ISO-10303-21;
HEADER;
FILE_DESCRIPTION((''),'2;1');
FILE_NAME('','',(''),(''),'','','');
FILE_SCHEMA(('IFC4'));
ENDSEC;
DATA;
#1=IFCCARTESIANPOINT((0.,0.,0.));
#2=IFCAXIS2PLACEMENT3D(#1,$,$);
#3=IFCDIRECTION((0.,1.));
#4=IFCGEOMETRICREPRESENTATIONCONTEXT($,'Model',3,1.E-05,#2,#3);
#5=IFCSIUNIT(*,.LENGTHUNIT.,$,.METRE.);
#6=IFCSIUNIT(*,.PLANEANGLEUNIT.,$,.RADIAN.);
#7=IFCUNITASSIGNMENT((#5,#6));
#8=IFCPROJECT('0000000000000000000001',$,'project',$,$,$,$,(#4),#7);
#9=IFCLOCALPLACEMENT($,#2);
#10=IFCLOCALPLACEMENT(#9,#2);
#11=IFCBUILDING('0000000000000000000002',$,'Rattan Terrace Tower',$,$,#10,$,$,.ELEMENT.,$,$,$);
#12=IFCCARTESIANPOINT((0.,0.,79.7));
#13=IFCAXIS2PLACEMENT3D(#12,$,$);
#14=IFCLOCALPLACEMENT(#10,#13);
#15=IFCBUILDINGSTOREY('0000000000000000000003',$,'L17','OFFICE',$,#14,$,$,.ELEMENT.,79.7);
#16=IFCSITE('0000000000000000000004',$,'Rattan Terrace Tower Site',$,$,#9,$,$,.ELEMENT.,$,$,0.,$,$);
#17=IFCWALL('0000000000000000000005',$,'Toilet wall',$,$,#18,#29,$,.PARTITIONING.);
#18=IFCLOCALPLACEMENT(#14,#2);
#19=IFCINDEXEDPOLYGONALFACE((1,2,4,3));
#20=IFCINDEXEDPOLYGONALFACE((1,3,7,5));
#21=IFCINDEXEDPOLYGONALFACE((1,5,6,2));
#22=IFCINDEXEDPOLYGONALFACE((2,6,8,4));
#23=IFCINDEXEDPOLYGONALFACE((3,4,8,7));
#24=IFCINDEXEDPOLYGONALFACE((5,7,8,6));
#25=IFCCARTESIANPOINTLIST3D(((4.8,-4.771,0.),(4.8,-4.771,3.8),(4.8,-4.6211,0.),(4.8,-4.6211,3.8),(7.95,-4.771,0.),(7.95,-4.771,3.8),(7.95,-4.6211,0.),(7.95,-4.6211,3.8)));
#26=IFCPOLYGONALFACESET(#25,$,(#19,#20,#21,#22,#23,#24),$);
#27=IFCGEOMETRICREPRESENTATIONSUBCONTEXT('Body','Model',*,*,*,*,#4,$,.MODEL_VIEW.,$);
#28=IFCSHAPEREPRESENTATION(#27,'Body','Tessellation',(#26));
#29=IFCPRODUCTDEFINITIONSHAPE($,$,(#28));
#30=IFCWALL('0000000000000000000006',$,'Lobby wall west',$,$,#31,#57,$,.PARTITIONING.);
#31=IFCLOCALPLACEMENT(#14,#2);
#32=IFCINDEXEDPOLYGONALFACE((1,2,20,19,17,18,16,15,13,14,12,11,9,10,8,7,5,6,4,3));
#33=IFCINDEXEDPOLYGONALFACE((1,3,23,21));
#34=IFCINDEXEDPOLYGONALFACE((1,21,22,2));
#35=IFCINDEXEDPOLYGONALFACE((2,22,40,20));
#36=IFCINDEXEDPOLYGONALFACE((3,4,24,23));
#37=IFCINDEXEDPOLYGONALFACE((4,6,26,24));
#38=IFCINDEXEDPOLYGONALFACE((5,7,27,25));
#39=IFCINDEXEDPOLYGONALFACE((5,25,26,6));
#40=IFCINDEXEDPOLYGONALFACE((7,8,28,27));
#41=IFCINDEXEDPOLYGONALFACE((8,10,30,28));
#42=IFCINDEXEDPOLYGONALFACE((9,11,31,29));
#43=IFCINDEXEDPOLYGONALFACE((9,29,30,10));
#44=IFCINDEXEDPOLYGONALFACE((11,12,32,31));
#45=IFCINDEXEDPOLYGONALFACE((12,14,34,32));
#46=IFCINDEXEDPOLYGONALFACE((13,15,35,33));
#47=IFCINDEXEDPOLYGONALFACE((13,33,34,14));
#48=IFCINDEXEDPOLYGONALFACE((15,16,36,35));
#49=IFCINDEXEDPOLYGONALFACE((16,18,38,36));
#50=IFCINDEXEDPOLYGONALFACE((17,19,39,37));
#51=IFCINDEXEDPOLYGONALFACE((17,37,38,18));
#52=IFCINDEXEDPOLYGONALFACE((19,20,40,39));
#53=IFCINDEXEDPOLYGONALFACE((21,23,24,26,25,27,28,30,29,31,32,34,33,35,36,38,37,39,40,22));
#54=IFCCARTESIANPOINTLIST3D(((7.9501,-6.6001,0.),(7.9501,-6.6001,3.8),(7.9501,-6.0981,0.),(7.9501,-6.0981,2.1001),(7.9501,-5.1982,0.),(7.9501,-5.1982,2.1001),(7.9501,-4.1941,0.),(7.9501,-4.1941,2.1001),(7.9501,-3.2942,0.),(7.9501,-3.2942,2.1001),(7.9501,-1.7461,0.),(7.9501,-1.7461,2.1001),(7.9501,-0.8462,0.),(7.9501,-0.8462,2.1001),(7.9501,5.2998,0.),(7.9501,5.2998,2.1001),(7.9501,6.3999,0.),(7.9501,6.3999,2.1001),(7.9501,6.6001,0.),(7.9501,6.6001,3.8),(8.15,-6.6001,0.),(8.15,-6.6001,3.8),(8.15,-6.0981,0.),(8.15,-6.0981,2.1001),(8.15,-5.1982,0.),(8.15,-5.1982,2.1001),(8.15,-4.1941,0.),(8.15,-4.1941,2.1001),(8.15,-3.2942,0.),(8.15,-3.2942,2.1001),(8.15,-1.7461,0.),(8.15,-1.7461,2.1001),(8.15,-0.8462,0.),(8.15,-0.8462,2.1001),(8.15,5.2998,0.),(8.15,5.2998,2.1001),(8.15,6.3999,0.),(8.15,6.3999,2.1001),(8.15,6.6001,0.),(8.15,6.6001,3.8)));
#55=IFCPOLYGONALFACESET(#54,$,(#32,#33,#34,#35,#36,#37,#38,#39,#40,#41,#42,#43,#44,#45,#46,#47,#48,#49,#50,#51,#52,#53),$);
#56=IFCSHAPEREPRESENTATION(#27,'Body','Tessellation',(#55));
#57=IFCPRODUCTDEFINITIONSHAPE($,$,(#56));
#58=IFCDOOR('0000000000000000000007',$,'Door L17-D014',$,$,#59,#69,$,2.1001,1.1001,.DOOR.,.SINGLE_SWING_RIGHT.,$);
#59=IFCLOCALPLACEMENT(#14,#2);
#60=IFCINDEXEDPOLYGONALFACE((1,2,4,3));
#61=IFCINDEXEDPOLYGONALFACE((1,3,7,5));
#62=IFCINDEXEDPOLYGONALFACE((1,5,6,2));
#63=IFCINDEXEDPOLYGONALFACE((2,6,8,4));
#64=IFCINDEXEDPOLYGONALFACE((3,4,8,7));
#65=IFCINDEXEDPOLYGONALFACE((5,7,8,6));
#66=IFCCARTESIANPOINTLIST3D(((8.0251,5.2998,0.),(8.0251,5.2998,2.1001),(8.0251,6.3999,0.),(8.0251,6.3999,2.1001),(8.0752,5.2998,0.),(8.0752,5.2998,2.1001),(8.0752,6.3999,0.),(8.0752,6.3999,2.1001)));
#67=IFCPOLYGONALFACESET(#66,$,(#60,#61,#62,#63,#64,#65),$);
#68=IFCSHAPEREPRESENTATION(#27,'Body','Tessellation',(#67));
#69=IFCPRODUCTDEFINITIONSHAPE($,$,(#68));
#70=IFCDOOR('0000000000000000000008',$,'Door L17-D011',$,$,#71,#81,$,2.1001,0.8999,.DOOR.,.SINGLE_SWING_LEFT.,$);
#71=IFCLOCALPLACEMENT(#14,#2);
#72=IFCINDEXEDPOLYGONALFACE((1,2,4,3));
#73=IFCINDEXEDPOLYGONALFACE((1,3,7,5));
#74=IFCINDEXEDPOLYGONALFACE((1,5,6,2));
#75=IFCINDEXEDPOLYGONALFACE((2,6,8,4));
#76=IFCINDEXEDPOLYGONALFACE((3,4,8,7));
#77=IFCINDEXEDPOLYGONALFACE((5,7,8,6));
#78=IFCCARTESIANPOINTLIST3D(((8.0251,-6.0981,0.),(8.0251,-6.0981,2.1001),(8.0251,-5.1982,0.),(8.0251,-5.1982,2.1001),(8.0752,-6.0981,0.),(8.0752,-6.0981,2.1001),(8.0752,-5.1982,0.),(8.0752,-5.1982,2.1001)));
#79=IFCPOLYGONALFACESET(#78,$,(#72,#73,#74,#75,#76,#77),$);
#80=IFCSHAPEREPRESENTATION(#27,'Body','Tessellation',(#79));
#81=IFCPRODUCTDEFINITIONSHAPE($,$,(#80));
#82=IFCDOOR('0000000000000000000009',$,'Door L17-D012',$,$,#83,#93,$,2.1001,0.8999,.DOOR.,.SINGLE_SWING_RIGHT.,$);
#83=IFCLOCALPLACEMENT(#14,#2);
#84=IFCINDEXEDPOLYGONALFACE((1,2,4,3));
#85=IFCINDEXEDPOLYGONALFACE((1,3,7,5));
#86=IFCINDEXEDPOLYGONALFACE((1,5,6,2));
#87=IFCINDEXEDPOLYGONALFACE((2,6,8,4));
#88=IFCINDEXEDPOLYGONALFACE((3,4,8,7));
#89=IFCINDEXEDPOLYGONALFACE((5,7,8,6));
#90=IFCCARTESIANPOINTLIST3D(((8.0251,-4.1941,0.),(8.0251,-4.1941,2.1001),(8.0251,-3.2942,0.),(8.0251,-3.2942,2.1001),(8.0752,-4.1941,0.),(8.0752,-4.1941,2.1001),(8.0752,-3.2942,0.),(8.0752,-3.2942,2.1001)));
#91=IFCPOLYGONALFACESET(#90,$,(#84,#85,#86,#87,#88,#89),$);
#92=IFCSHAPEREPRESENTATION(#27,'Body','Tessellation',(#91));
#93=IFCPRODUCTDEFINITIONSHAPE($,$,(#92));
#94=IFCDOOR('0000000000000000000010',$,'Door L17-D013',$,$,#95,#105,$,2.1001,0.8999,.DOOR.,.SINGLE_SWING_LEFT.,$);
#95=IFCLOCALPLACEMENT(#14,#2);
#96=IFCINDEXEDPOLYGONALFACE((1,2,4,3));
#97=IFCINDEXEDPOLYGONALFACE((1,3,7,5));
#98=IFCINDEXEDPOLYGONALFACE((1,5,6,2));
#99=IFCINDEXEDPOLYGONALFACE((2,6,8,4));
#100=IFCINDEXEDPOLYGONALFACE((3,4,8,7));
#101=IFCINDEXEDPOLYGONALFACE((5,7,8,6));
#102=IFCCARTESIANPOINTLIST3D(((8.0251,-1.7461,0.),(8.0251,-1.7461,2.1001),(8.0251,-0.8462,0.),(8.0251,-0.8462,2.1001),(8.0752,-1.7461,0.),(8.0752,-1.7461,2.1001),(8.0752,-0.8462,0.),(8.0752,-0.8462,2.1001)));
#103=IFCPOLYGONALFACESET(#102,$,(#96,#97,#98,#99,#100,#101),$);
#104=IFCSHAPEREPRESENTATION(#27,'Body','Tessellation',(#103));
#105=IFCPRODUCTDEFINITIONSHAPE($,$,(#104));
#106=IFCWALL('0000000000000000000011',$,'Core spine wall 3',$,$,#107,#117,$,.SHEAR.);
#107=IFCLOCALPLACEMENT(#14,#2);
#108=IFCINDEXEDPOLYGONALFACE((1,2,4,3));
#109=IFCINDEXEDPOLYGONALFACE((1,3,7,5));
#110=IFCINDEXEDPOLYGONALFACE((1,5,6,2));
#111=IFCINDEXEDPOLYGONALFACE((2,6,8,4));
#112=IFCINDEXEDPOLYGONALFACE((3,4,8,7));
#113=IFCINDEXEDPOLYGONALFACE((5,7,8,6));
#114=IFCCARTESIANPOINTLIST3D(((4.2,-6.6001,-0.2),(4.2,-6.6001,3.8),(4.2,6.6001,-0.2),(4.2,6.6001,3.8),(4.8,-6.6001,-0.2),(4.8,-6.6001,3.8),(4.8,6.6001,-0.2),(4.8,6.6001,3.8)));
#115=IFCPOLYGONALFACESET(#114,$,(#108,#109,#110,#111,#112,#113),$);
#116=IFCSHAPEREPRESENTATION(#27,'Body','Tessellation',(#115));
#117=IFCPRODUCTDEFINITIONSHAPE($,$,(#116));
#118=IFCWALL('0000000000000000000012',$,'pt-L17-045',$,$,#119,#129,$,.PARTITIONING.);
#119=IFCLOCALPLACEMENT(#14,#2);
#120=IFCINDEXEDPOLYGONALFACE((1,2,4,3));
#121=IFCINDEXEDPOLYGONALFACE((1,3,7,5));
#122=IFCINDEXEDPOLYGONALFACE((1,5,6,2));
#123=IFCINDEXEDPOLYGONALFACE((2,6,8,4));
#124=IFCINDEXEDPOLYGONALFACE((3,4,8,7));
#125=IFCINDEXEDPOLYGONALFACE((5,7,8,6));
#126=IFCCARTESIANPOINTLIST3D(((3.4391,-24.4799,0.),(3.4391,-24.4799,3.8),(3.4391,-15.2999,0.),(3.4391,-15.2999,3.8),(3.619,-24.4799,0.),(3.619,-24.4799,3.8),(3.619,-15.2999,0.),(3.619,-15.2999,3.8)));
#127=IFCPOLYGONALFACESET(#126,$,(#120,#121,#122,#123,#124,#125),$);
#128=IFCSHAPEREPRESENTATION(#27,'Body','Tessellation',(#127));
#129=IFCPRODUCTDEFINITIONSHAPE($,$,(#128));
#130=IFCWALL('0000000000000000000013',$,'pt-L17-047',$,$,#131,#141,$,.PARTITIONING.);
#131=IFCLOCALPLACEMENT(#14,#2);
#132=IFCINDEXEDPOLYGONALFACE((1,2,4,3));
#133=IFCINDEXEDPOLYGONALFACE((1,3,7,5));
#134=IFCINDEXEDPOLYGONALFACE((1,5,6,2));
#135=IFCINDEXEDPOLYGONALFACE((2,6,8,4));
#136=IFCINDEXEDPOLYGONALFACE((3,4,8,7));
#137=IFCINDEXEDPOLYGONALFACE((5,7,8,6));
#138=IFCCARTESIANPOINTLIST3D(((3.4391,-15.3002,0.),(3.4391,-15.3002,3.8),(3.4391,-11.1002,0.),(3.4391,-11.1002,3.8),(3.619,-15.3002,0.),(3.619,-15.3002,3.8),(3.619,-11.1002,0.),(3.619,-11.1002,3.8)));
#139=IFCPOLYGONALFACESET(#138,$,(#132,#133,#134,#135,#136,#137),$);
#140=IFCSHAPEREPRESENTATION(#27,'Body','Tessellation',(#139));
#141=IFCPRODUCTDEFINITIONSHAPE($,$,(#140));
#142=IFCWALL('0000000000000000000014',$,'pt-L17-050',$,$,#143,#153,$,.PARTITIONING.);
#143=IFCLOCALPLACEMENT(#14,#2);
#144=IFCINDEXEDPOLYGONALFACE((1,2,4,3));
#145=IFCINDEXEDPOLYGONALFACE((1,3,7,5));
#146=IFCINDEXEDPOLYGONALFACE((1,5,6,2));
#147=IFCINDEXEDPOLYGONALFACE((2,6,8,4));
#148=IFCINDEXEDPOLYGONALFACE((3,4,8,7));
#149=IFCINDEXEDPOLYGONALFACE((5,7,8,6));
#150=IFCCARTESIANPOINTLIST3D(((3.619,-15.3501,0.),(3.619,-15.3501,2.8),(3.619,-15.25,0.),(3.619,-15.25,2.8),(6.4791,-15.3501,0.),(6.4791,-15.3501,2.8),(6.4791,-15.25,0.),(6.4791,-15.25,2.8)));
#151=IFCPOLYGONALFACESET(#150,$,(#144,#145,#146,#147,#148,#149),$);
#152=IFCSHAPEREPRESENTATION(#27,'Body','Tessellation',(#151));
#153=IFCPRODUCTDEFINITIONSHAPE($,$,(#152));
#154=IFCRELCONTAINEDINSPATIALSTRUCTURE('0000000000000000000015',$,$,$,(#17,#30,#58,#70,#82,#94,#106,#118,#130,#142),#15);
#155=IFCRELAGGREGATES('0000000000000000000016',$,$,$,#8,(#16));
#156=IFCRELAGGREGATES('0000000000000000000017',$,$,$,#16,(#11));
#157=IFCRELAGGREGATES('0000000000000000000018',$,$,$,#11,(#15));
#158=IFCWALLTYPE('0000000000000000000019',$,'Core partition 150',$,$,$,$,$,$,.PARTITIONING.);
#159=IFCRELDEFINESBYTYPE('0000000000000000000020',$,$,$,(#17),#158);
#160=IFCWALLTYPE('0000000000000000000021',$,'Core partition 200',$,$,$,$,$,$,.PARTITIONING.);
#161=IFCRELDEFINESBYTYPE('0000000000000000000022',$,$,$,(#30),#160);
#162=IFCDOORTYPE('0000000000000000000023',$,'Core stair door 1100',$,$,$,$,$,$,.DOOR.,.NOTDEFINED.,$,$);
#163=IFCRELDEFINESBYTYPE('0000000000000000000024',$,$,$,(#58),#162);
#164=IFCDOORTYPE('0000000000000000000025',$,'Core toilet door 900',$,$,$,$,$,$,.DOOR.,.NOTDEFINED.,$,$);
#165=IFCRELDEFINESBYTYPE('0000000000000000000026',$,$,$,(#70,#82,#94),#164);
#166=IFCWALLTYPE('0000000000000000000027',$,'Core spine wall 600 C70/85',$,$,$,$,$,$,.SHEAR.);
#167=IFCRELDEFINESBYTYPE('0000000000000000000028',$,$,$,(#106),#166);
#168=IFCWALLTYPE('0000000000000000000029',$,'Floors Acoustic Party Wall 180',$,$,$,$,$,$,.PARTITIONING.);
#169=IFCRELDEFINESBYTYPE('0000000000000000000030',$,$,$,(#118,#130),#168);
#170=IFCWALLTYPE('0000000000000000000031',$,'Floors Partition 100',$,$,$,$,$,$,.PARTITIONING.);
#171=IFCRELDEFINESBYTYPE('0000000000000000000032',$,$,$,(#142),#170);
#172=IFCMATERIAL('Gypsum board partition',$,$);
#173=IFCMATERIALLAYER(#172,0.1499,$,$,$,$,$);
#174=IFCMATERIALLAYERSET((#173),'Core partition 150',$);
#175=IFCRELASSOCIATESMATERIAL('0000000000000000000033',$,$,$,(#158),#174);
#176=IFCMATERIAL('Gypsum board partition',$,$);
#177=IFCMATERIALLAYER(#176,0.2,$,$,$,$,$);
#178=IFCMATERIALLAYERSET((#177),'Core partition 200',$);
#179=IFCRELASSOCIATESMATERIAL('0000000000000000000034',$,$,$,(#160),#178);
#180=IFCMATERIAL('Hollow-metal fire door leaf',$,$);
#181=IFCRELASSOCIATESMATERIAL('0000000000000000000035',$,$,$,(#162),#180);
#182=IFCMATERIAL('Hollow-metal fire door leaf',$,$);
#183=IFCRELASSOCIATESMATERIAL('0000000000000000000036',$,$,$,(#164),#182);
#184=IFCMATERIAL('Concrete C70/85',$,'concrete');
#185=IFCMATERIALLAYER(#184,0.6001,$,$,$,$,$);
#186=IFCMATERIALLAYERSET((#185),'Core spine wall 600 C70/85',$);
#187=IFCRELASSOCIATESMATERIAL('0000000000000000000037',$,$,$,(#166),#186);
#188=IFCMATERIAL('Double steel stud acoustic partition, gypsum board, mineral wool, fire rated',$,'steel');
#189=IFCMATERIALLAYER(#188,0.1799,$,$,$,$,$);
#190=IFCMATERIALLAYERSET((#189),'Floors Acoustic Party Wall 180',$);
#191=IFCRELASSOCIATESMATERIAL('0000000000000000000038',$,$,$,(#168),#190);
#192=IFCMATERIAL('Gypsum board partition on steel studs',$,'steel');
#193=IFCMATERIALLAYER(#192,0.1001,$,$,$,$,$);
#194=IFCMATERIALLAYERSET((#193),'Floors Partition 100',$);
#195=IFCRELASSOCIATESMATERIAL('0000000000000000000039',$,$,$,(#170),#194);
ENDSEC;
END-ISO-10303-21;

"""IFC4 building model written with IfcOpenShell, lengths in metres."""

from ifc_helpers import new_model, si_unit, direction, frame, frame_2d, origin, place, context, subcontext, project, spatial, rectangle, extrude, material, layer, layer_set, type_object, element, fill, save


model = new_model("IFC4")

# Units and contexts
model_context = context("Model", 3, precision=1e-05, world=origin(), true_north=direction((0.0, 1.0)))
body_context = subcontext(model_context, "Body", "Model", "MODEL_VIEW")
ifc_project = project(units=[si_unit("LENGTHUNIT", "METRE"), si_unit("PLANEANGLEUNIT", "RADIAN")], contexts=[model_context])

# Site, building, storey
site_placement = place(None, origin())
site = spatial("IfcSite", under=ifc_project, at=site_placement, Name="Rattan Terrace Tower Site", CompositionType="ELEMENT", RefElevation=0.0)
building_placement = place(site_placement, origin())
building = spatial("IfcBuilding", under=site, at=building_placement, Name="Rattan Terrace Tower", CompositionType="ELEMENT")
storey_placement = place(building_placement, frame((0.0, 0.0, 79.7)))
storey = spatial("IfcBuildingStorey", under=building, at=storey_placement, Name="L17", Description="OFFICE", CompositionType="ELEMENT", Elevation=79.7)

# Wall
ifc_material_1 = material(Name="Gypsum board partition")
ifc_layer_1 = layer(ifc_material_1, 0.1499)
ifc_layer_set_1 = layer_set([ifc_layer_1], Name="Core partition 150")
wall_type_1 = type_object("IfcWallType", Name="Core partition 150", PredefinedType="PARTITIONING", material=ifc_layer_set_1)
wall_1_placement = place(storey_placement, frame((4.8, -4.696, 0.0), z_axis=(0.0, 0.0, 1.0), x_axis=(1.0, 0.0, 0.0)))
element("IfcWall", 1, at=wall_1_placement, inside=storey, type_object=wall_type_1, Name="Toilet wall", PredefinedType="PARTITIONING", context=body_context, shape_type="SweptSolid", body=[
    extrude(rectangle(XDim=3.1499, YDim=0.1499, at=frame_2d((1.575, 0.0))), origin(), (0.0, 0.0, 1.0), 3.8),
])

# Wall, openings, doors
ifc_material_2 = material(Name="Gypsum board partition")
ifc_layer_2 = layer(ifc_material_2, 0.2)
ifc_layer_set_2 = layer_set([ifc_layer_2], Name="Core partition 200")
wall_type_2 = type_object("IfcWallType", Name="Core partition 200", PredefinedType="PARTITIONING", material=ifc_layer_set_2)
wall_2_placement = place(storey_placement, frame((8.05, -6.6001, 0.0), z_axis=(0.0, 0.0, 1.0), x_axis=(0.0, 1.0, 0.0)))
wall_2 = element("IfcWall", 2, at=wall_2_placement, inside=storey, type_object=wall_type_2, Name="Lobby wall west", PredefinedType="PARTITIONING", context=body_context, shape_type="SweptSolid", body=[
    extrude(rectangle(XDim=13.2002, YDim=0.2, at=frame_2d((6.6001, 0.0))), origin(), (0.0, 0.0, 1.0), 3.8),
])
opening_1_placement = place(wall_2_placement, frame((0.502, 0.0, 0.0)))
opening_1 = element("IfcOpeningElement", 3, at=opening_1_placement, cuts=wall_2, PredefinedType="OPENING", context=body_context, shape_type="SweptSolid", body=[
    extrude(rectangle(XDim=0.8999, YDim=2.1001, at=frame_2d((0.45, 1.05))), frame((0.0, 0.1106, 0.0), z_axis=(0.0, -1.0, 0.0), x_axis=(1.0, 0.0, 0.0)), (0.0, 0.0, 1.0), 0.2209),
])
opening_2_placement = place(wall_2_placement, frame((2.406, 0.0, 0.0)))
opening_2 = element("IfcOpeningElement", 4, at=opening_2_placement, cuts=wall_2, PredefinedType="OPENING", context=body_context, shape_type="SweptSolid", body=[
    extrude(rectangle(XDim=0.8999, YDim=2.1001, at=frame_2d((0.45, 1.05))), frame((0.0, 0.1106, 0.0), z_axis=(0.0, -1.0, 0.0), x_axis=(1.0, 0.0, 0.0)), (0.0, 0.0, 1.0), 0.2209),
])
opening_3_placement = place(wall_2_placement, frame((4.854, 0.0, 0.0)))
opening_3 = element("IfcOpeningElement", 5, at=opening_3_placement, cuts=wall_2, PredefinedType="OPENING", context=body_context, shape_type="SweptSolid", body=[
    extrude(rectangle(XDim=0.8999, YDim=2.1001, at=frame_2d((0.45, 1.05))), frame((0.0, 0.1106, 0.0), z_axis=(0.0, -1.0, 0.0), x_axis=(1.0, 0.0, 0.0)), (0.0, 0.0, 1.0), 0.2209),
])
opening_4_placement = place(wall_2_placement, frame((11.8999, 0.0, 0.0)))
opening_4 = element("IfcOpeningElement", 6, at=opening_4_placement, cuts=wall_2, PredefinedType="OPENING", context=body_context, shape_type="SweptSolid", body=[
    extrude(rectangle(XDim=1.1001, YDim=2.1001, at=frame_2d((0.55, 1.05))), frame((0.0, 0.1106, 0.0), z_axis=(0.0, -1.0, 0.0), x_axis=(1.0, 0.0, 0.0)), (0.0, 0.0, 1.0), 0.2209),
])
ifc_material_3 = material(Name="Hollow-metal fire door leaf")
door_type_1 = type_object("IfcDoorType", Name="Core stair door 1100", OperationType="NOTDEFINED", PredefinedType="DOOR", material=ifc_material_3)
door_1_placement = place(opening_4_placement, origin())
door_1 = element("IfcDoor", 7, at=door_1_placement, inside=storey, type_object=door_type_1, Name="Door L17-D014", OperationType="SINGLE_SWING_RIGHT", OverallHeight=2.1001, OverallWidth=1.1001, PredefinedType="DOOR", context=body_context, shape_type="SweptSolid", body=[
    extrude(rectangle(XDim=1.1001, YDim=2.1001, at=frame_2d((0.55, 1.05))), frame((0.0, 0.0249, 0.0), z_axis=(0.0, -1.0, 0.0), x_axis=(1.0, 0.0, 0.0)), (0.0, 0.0, 1.0), 0.05),
])
fill(opening_4, door_1)
ifc_material_4 = material(Name="Hollow-metal fire door leaf")
door_type_2 = type_object("IfcDoorType", Name="Core toilet door 900", OperationType="NOTDEFINED", PredefinedType="DOOR", material=ifc_material_4)
door_2_placement = place(opening_1_placement, origin())
door_2 = element("IfcDoor", 8, at=door_2_placement, inside=storey, type_object=door_type_2, Name="Door L17-D011", OperationType="SINGLE_SWING_LEFT", OverallHeight=2.1001, OverallWidth=0.8999, PredefinedType="DOOR", context=body_context, shape_type="SweptSolid", body=[
    extrude(rectangle(XDim=0.8999, YDim=2.1001, at=frame_2d((0.45, 1.05))), frame((0.0, 0.0249, 0.0), z_axis=(0.0, -1.0, 0.0), x_axis=(1.0, 0.0, 0.0)), (0.0, 0.0, 1.0), 0.05),
])
fill(opening_1, door_2)
door_3_placement = place(opening_2_placement, origin())
door_3 = element("IfcDoor", 9, at=door_3_placement, inside=storey, type_object=door_type_2, Name="Door L17-D012", OperationType="SINGLE_SWING_RIGHT", OverallHeight=2.1001, OverallWidth=0.8999, PredefinedType="DOOR", context=body_context, shape_type="SweptSolid", body=[
    extrude(rectangle(XDim=0.8999, YDim=2.1001, at=frame_2d((0.45, 1.05))), frame((0.0, 0.0249, 0.0), z_axis=(0.0, -1.0, 0.0), x_axis=(1.0, 0.0, 0.0)), (0.0, 0.0, 1.0), 0.05),
])
fill(opening_2, door_3)
door_4_placement = place(opening_3_placement, origin())
door_4 = element("IfcDoor", 10, at=door_4_placement, inside=storey, type_object=door_type_2, Name="Door L17-D013", OperationType="SINGLE_SWING_LEFT", OverallHeight=2.1001, OverallWidth=0.8999, PredefinedType="DOOR", context=body_context, shape_type="SweptSolid", body=[
    extrude(rectangle(XDim=0.8999, YDim=2.1001, at=frame_2d((0.45, 1.05))), frame((0.0, 0.0249, 0.0), z_axis=(0.0, -1.0, 0.0), x_axis=(1.0, 0.0, 0.0)), (0.0, 0.0, 1.0), 0.05),
])
fill(opening_3, door_4)

# Walls
ifc_material_5 = material(Name="Concrete C70/85", Category="concrete")
ifc_layer_3 = layer(ifc_material_5, 0.6001)
ifc_layer_set_3 = layer_set([ifc_layer_3], Name="Core spine wall 600 C70/85")
wall_type_3 = type_object("IfcWallType", Name="Core spine wall 600 C70/85", PredefinedType="SHEAR", material=ifc_layer_set_3)
wall_3_placement = place(storey_placement, frame((4.5, -6.6001, -0.2), z_axis=(0.0, 0.0, 1.0), x_axis=(0.0, 1.0, 0.0)))
element("IfcWall", 11, at=wall_3_placement, inside=storey, type_object=wall_type_3, Name="Core spine wall 3", PredefinedType="SHEAR", context=body_context, shape_type="SweptSolid", body=[
    extrude(rectangle(XDim=13.2002, YDim=0.6001, at=frame_2d((6.6001, 0.0))), origin(), (0.0, 0.0, 1.0), 4.0),
])
ifc_material_6 = material(Name="Double steel stud acoustic partition, gypsum board, mineral wool, fire rated", Category="steel")
ifc_layer_4 = layer(ifc_material_6, 0.1799)
ifc_layer_set_4 = layer_set([ifc_layer_4], Name="Floors Acoustic Party Wall 180")
wall_type_4 = type_object("IfcWallType", Name="Floors Acoustic Party Wall 180", PredefinedType="PARTITIONING", material=ifc_layer_set_4)
wall_4_placement = place(storey_placement, frame((3.5291, -15.3, 0.0), z_axis=(0.0, 0.0, 1.0), x_axis=(0.0, -1.0, 0.0)))
element("IfcWall", 12, at=wall_4_placement, inside=storey, type_object=wall_type_4, Name="pt-L17-045", PredefinedType="PARTITIONING", context=body_context, shape_type="SweptSolid", body=[
    extrude(rectangle(XDim=9.1799, YDim=0.1799, at=frame_2d((4.5898, 0.0))), origin(), (0.0, 0.0, 1.0), 3.8),
])
wall_5_placement = place(storey_placement, frame((3.5291, -11.1001, 0.0), z_axis=(0.0, 0.0, 1.0), x_axis=(0.0, -1.0, 0.0)))
element("IfcWall", 13, at=wall_5_placement, inside=storey, type_object=wall_type_4, Name="pt-L17-047", PredefinedType="PARTITIONING", context=body_context, shape_type="SweptSolid", body=[
    extrude(rectangle(XDim=4.2, YDim=0.1799, at=frame_2d((2.1001, 0.0))), origin(), (0.0, 0.0, 1.0), 3.8),
])
ifc_material_7 = material(Name="Gypsum board partition on steel studs", Category="steel")
ifc_layer_5 = layer(ifc_material_7, 0.1001)
ifc_layer_set_5 = layer_set([ifc_layer_5], Name="Floors Partition 100")
wall_type_5 = type_object("IfcWallType", Name="Floors Partition 100", PredefinedType="PARTITIONING", material=ifc_layer_set_5)
wall_6_placement = place(storey_placement, frame((3.6189, -15.3, 0.0), z_axis=(0.0, 0.0, 1.0), x_axis=(1.0, 0.0, 0.0)))
element("IfcWall", 14, at=wall_6_placement, inside=storey, type_object=wall_type_5, Name="pt-L17-050", PredefinedType="PARTITIONING", context=body_context, shape_type="SweptSolid", body=[
    extrude(rectangle(XDim=2.8601, YDim=0.1001, at=frame_2d((1.4302, 0.0))), origin(), (0.0, 0.0, 1.0), 2.8),
])

save(model, "model.ifc")
